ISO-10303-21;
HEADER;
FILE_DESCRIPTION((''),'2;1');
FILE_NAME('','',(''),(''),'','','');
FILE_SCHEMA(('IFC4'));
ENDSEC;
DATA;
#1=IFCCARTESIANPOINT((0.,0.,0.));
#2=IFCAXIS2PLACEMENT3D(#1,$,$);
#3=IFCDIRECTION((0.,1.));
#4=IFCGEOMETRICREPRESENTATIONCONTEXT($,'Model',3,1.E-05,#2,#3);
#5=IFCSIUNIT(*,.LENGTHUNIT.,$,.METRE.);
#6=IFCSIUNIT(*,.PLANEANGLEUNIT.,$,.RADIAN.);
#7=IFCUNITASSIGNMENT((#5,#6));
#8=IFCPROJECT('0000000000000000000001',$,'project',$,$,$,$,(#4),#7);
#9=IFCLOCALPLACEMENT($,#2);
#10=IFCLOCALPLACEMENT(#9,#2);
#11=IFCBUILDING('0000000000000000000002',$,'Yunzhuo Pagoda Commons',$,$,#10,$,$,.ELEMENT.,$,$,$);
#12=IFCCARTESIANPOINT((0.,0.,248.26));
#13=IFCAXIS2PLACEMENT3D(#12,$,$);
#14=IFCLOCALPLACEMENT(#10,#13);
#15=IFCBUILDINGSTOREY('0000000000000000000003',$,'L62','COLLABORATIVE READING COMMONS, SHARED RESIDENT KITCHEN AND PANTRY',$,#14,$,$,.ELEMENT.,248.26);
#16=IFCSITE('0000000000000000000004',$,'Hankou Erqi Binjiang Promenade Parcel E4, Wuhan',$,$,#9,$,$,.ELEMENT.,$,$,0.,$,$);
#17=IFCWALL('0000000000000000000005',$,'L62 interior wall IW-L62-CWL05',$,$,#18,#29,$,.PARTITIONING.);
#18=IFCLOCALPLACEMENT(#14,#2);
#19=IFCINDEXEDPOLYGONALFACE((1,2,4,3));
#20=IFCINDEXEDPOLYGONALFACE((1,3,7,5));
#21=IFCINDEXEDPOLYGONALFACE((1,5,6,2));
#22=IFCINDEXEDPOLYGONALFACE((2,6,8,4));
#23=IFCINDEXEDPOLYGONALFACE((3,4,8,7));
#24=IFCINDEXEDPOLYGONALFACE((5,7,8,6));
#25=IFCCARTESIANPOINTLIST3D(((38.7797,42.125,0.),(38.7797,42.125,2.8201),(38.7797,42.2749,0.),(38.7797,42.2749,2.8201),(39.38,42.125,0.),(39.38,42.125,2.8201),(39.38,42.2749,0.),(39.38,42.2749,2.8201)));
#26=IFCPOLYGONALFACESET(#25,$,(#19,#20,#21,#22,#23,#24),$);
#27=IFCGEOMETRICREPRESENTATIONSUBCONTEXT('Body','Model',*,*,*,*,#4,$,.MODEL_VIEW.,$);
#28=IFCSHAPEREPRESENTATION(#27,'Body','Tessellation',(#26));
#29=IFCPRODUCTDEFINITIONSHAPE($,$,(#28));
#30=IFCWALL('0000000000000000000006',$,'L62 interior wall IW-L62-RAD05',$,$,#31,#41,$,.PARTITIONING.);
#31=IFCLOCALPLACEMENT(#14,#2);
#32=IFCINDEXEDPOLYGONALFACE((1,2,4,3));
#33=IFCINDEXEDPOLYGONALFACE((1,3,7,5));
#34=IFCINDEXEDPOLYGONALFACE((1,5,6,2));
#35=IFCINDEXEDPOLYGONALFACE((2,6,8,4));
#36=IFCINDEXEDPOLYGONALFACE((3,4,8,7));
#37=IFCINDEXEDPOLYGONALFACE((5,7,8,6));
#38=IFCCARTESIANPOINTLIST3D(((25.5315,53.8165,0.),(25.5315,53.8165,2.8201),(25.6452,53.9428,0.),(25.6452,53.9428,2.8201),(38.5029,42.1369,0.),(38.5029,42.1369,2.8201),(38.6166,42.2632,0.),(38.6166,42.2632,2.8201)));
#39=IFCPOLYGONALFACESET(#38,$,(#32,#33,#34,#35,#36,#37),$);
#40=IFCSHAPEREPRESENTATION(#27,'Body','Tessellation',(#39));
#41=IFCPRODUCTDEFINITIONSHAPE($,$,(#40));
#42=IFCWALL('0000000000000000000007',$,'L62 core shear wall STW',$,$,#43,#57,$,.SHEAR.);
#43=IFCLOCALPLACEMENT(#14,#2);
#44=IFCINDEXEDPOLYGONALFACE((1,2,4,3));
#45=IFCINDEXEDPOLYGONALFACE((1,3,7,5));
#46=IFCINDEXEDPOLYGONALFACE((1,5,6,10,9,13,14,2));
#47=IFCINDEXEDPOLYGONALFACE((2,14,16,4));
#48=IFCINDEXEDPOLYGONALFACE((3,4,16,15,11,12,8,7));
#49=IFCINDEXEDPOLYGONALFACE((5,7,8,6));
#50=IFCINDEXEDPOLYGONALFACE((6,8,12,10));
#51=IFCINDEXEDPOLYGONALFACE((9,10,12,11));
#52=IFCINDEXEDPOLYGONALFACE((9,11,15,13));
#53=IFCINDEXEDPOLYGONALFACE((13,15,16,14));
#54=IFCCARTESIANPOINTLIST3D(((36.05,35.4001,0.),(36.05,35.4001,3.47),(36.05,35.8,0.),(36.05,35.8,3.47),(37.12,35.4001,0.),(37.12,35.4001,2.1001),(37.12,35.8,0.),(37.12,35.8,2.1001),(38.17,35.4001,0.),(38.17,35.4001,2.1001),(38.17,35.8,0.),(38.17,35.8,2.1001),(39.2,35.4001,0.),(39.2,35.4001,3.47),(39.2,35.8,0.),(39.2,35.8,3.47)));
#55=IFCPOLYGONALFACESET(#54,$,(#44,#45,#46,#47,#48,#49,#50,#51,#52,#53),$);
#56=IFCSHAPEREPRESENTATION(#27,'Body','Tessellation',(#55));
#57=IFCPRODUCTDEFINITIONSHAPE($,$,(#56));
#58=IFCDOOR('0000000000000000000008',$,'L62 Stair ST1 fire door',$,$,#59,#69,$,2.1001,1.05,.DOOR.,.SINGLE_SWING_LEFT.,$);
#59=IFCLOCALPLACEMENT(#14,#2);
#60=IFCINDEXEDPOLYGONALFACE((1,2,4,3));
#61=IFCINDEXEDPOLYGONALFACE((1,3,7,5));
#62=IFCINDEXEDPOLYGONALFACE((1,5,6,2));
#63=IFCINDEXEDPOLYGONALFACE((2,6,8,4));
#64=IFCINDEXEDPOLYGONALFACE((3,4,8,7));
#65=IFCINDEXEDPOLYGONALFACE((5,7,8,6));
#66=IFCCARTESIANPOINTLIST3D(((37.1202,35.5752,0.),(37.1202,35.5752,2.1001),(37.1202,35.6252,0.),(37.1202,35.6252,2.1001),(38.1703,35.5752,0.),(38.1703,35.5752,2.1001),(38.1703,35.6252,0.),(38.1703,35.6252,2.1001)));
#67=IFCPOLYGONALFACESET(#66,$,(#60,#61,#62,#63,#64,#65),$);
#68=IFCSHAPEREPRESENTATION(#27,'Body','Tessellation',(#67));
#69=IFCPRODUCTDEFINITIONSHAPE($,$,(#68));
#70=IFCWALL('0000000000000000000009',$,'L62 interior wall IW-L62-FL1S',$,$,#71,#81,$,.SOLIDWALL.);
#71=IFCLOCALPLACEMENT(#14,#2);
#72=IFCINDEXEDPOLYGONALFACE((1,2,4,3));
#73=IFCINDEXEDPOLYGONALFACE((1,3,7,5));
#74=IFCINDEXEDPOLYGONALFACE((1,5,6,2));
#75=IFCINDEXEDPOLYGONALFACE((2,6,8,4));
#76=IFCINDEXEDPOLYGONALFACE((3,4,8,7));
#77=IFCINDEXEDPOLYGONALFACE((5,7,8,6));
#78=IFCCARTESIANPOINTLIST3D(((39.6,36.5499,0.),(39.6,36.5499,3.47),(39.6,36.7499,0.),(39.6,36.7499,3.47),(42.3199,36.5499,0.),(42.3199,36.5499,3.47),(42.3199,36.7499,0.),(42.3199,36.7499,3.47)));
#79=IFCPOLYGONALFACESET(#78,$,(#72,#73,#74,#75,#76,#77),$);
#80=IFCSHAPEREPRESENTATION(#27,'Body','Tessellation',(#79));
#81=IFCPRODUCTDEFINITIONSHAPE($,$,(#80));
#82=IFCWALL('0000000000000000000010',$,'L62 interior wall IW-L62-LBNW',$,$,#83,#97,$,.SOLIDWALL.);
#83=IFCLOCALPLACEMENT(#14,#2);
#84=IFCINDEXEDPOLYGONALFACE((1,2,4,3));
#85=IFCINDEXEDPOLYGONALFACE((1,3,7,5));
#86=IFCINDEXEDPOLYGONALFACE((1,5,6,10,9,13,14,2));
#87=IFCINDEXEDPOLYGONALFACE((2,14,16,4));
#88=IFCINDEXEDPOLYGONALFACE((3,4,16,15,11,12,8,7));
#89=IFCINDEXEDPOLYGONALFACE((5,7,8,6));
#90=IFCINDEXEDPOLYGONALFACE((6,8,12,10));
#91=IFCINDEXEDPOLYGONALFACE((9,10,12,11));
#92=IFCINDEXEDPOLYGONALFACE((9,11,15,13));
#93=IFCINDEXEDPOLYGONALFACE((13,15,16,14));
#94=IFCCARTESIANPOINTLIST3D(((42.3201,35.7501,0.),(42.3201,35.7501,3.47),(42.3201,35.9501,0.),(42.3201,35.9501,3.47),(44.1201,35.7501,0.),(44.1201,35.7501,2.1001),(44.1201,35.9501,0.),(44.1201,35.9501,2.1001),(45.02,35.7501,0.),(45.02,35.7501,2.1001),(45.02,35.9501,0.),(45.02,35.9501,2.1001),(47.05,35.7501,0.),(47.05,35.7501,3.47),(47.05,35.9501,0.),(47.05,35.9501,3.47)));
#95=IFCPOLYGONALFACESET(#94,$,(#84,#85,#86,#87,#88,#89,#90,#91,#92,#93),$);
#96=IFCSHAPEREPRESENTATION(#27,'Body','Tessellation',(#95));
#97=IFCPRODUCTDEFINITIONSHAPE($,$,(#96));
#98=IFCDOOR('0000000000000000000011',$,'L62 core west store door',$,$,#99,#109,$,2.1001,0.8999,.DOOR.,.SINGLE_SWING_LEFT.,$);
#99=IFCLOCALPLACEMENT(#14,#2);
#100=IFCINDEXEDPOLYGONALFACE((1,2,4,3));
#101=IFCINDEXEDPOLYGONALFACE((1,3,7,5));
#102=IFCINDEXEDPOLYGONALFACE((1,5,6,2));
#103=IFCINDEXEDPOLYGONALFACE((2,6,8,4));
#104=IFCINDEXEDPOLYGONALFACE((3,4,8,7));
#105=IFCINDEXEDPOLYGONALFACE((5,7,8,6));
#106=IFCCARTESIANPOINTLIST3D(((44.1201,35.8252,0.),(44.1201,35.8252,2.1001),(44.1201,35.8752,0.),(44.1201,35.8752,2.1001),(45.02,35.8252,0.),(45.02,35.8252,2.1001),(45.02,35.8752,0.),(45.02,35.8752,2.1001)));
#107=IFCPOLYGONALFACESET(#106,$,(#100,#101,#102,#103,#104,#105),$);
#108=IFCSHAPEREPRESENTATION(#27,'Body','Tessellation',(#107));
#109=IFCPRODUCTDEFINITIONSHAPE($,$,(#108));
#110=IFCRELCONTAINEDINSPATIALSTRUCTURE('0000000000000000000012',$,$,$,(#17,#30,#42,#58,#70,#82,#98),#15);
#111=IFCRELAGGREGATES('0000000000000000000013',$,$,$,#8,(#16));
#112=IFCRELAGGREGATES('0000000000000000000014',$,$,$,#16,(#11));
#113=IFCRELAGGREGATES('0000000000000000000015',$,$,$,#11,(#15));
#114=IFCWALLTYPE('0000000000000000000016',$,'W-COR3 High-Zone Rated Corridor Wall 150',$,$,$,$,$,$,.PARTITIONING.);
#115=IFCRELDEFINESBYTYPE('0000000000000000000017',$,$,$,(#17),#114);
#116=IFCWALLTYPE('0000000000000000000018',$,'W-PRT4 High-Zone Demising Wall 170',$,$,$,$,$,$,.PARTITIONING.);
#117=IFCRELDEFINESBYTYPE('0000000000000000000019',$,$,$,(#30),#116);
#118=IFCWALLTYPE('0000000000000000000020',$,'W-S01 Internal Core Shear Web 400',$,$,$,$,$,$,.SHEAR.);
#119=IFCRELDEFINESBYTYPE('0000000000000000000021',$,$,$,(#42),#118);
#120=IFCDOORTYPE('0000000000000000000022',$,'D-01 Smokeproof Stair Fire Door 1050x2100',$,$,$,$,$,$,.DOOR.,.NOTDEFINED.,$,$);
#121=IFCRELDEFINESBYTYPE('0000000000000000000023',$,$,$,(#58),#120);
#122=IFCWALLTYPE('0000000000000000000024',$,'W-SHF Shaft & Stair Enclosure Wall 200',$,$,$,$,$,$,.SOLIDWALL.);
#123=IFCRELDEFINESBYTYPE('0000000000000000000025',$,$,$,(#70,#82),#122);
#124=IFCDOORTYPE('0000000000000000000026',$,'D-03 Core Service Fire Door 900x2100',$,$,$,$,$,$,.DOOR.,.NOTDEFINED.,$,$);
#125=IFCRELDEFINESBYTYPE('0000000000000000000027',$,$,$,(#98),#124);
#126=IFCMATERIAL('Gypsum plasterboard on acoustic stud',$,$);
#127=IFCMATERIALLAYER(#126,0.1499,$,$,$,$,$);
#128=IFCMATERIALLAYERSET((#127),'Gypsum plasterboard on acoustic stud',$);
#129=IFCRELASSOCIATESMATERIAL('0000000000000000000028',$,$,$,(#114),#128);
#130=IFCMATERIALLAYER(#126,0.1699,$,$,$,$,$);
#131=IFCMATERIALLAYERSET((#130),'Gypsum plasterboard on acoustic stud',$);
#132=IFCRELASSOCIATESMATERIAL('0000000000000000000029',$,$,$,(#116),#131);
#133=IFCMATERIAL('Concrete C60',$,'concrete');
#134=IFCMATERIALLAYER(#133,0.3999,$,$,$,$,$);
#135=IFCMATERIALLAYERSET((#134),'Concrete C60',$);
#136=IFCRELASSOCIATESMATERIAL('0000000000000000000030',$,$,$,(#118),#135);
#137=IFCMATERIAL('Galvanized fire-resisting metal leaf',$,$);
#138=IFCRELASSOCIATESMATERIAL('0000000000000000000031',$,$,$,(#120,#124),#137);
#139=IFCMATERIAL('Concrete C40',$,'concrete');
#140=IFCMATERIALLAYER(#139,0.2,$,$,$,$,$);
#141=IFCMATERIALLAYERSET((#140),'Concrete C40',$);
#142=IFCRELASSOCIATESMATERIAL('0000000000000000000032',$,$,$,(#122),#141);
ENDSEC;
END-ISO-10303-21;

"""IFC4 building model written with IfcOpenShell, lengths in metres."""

from ifc_helpers import new_model, si_unit, direction, frame, frame_2d, origin, place, context, subcontext, project, spatial, rectangle, extrude, source, transform, mapped, material, layer, layer_set, type_object, element, fill, save


model = new_model("IFC4")

# Units and contexts
model_context = context("Model", 3, precision=1e-05, world=origin(), true_north=direction((0.0, 1.0)))
body_context = subcontext(model_context, "Body", "Model", "MODEL_VIEW")
ifc_project = project(units=[si_unit("LENGTHUNIT", "METRE"), si_unit("PLANEANGLEUNIT", "RADIAN")], contexts=[model_context])

# Site, building, storey
site_placement = place(None, origin())
site = spatial("IfcSite", under=ifc_project, at=site_placement, Name="Hankou Erqi Binjiang Promenade Parcel E4, Wuhan", CompositionType="ELEMENT", RefElevation=0.0)
building_placement = place(site_placement, origin())
building = spatial("IfcBuilding", under=site, at=building_placement, Name="Yunzhuo Pagoda Commons", CompositionType="ELEMENT")
storey_placement = place(building_placement, frame((0.0, 0.0, 248.26)))
storey = spatial("IfcBuildingStorey", under=building, at=storey_placement, Name="L62", Description="COLLABORATIVE READING COMMONS, SHARED RESIDENT KITCHEN AND PANTRY", CompositionType="ELEMENT", Elevation=248.26)

# Shared definitions
ifc_material_1 = material(Name="Gypsum plasterboard on acoustic stud")
ifc_layer_1 = layer(ifc_material_1, 0.1499)
ifc_layer_set_1 = layer_set([ifc_layer_1], Name="Gypsum plasterboard on acoustic stud")
wall_type_1 = type_object("IfcWallType", Name="W-COR3 High-Zone Rated Corridor Wall 150", PredefinedType="PARTITIONING", material=ifc_layer_set_1)

# Shared definitions
ifc_material_2 = material(Name="Galvanized fire-resisting metal leaf")

# Walls
wall_1_placement = place(storey_placement, frame((38.7795, 42.2, 0.0), z_axis=(0.0, 0.0, 1.0), x_axis=(1.0, 0.0, 0.0)))
element("IfcWall", 1, at=wall_1_placement, inside=storey, type_object=wall_type_1, Name="L62 interior wall IW-L62-CWL05", PredefinedType="PARTITIONING", context=body_context, shape_type="SweptSolid", body=[
    extrude(rectangle(XDim=0.6003, YDim=0.1499, at=frame_2d((0.3003, 0.0))), origin(), (0.0, 0.0, 1.0), 2.8201),
])
ifc_layer_2 = layer(ifc_material_1, 0.1699)
ifc_layer_set_2 = layer_set([ifc_layer_2], Name="Gypsum plasterboard on acoustic stud")
wall_type_2 = type_object("IfcWallType", Name="W-PRT4 High-Zone Demising Wall 170", PredefinedType="PARTITIONING", material=ifc_layer_set_2)
wall_2_placement = place(storey_placement, frame((38.5598, 42.2, 0.0), z_axis=(0.0, 0.0, 1.0), x_axis=(-0.74314, 0.669135, 0.0)))
element("IfcWall", 2, at=wall_2_placement, inside=storey, type_object=wall_type_2, Name="L62 interior wall IW-L62-RAD05", PredefinedType="PARTITIONING", context=body_context, shape_type="SweptSolid", body=[
    extrude(rectangle(XDim=17.4548, YDim=0.1699, at=frame_2d((8.7275, 0.0))), origin(), (0.0, 0.0, 1.0), 2.8201),
])

# Wall, opening, door
ifc_material_3 = material(Name="Concrete C60", Category="concrete")
ifc_layer_3 = layer(ifc_material_3, 0.3999)
ifc_layer_set_3 = layer_set([ifc_layer_3], Name="Concrete C60")
wall_type_3 = type_object("IfcWallType", Name="W-S01 Internal Core Shear Web 400", PredefinedType="SHEAR", material=ifc_layer_set_3)
wall_3_placement = place(storey_placement, frame((36.05, 35.6001, 0.0), z_axis=(0.0, 0.0, 1.0), x_axis=(1.0, 0.0, 0.0)))
wall_3 = element("IfcWall", 3, at=wall_3_placement, inside=storey, type_object=wall_type_3, Name="L62 core shear wall STW", PredefinedType="SHEAR", context=body_context, shape_type="SweptSolid", body=[
    extrude(rectangle(XDim=3.1499, YDim=0.3999, at=frame_2d((1.575, 0.0))), origin(), (0.0, 0.0, 1.0), 3.47),
])
opening_1_placement = place(wall_3_placement, frame((1.0701, 0.0, 0.0)))
opening_1 = element("IfcOpeningElement", 4, at=opening_1_placement, cuts=wall_3, PredefinedType="OPENING", context=body_context, shape_type="SweptSolid", body=[
    extrude(rectangle(XDim=1.05, YDim=2.1001, at=frame_2d((0.5249, 1.05))), frame((0.0, 0.21, 0.0), z_axis=(0.0, -1.0, 0.0), x_axis=(1.0, 0.0, 0.0)), (0.0, 0.0, 1.0), 0.4199),
])
door_type_1 = type_object("IfcDoorType", Name="D-01 Smokeproof Stair Fire Door 1050x2100", OperationType="NOTDEFINED", PredefinedType="DOOR", material=ifc_material_2)
shared_shape_1 = source(origin(), body_context, "Body", "SweptSolid", [
    extrude(rectangle(XDim=1.05, YDim=2.1001, at=frame_2d((0.5249, 1.05))), frame((0.0, 0.0249, 0.0), z_axis=(0.0, -1.0, 0.0), x_axis=(1.0, 0.0, 0.0)), (0.0, 0.0, 1.0), 0.05),
])
door_1_placement = place(opening_1_placement, frame((1.05, 0.0, 0.0), z_axis=(0.0, 0.0, 1.0), x_axis=(-1.0, 0.0, 0.0)))
door_1 = element("IfcDoor", 5, at=door_1_placement, inside=storey, type_object=door_type_1, Name="L62 Stair ST1 fire door", OperationType="SINGLE_SWING_LEFT", OverallHeight=2.1001, OverallWidth=1.05, PredefinedType="DOOR", context=body_context, shape_type="MappedRepresentation", body=[
    mapped(shared_shape_1, transform((0.0, 0.0, 0.0), scale=1.0)),
])
fill(opening_1, door_1)

# Wall
ifc_material_4 = material(Name="Concrete C40", Category="concrete")
ifc_layer_4 = layer(ifc_material_4, 0.2)
ifc_layer_set_4 = layer_set([ifc_layer_4], Name="Concrete C40")
wall_type_4 = type_object("IfcWallType", Name="W-SHF Shaft & Stair Enclosure Wall 200", PredefinedType="SOLIDWALL", material=ifc_layer_set_4)
wall_4_placement = place(storey_placement, frame((39.6001, 36.6499, 0.0), z_axis=(0.0, 0.0, 1.0), x_axis=(1.0, 0.0, 0.0)))
element("IfcWall", 6, at=wall_4_placement, inside=storey, type_object=wall_type_4, Name="L62 interior wall IW-L62-FL1S", PredefinedType="SOLIDWALL", context=body_context, shape_type="SweptSolid", body=[
    extrude(rectangle(XDim=2.72, YDim=0.2, at=frame_2d((1.3599, 0.0))), origin(), (0.0, 0.0, 1.0), 3.47),
])

# Wall, opening, door
wall_5_placement = place(storey_placement, frame((42.3201, 35.8501, 0.0), z_axis=(0.0, 0.0, 1.0), x_axis=(1.0, 0.0, 0.0)))
wall_5 = element("IfcWall", 7, at=wall_5_placement, inside=storey, type_object=wall_type_4, Name="L62 interior wall IW-L62-LBNW", PredefinedType="SOLIDWALL", context=body_context, shape_type="SweptSolid", body=[
    extrude(rectangle(XDim=4.73, YDim=0.2, at=frame_2d((2.365, 0.0))), origin(), (0.0, 0.0, 1.0), 3.47),
])
opening_2_placement = place(wall_5_placement, frame((1.8, 0.0, 0.0)))
opening_2 = element("IfcOpeningElement", 8, at=opening_2_placement, cuts=wall_5, PredefinedType="OPENING", context=body_context, shape_type="SweptSolid", body=[
    extrude(rectangle(XDim=0.8999, YDim=2.1001, at=frame_2d((0.45, 1.05))), frame((0.0, 0.1099, 0.0), z_axis=(0.0, -1.0, 0.0), x_axis=(1.0, 0.0, 0.0)), (0.0, 0.0, 1.0), 0.22),
])
door_type_2 = type_object("IfcDoorType", Name="D-03 Core Service Fire Door 900x2100", OperationType="NOTDEFINED", PredefinedType="DOOR", material=ifc_material_2)
shared_shape_2 = source(origin(), body_context, "Body", "SweptSolid", [
    extrude(rectangle(XDim=0.8999, YDim=2.1001, at=frame_2d((0.45, 1.05))), frame((0.0, 0.0249, 0.0), z_axis=(0.0, -1.0, 0.0), x_axis=(1.0, 0.0, 0.0)), (0.0, 0.0, 1.0), 0.05),
])
door_2_placement = place(opening_2_placement, frame((0.8999, 0.0, 0.0), z_axis=(0.0, 0.0, 1.0), x_axis=(-1.0, 0.0, 0.0)))
door_2 = element("IfcDoor", 9, at=door_2_placement, inside=storey, type_object=door_type_2, Name="L62 core west store door", OperationType="SINGLE_SWING_LEFT", OverallHeight=2.1001, OverallWidth=0.8999, PredefinedType="DOOR", context=body_context, shape_type="MappedRepresentation", body=[
    mapped(shared_shape_2, transform((0.0, 0.0, 0.0), scale=1.0)),
])
fill(opening_2, door_2)

save(model, "model.ifc")
